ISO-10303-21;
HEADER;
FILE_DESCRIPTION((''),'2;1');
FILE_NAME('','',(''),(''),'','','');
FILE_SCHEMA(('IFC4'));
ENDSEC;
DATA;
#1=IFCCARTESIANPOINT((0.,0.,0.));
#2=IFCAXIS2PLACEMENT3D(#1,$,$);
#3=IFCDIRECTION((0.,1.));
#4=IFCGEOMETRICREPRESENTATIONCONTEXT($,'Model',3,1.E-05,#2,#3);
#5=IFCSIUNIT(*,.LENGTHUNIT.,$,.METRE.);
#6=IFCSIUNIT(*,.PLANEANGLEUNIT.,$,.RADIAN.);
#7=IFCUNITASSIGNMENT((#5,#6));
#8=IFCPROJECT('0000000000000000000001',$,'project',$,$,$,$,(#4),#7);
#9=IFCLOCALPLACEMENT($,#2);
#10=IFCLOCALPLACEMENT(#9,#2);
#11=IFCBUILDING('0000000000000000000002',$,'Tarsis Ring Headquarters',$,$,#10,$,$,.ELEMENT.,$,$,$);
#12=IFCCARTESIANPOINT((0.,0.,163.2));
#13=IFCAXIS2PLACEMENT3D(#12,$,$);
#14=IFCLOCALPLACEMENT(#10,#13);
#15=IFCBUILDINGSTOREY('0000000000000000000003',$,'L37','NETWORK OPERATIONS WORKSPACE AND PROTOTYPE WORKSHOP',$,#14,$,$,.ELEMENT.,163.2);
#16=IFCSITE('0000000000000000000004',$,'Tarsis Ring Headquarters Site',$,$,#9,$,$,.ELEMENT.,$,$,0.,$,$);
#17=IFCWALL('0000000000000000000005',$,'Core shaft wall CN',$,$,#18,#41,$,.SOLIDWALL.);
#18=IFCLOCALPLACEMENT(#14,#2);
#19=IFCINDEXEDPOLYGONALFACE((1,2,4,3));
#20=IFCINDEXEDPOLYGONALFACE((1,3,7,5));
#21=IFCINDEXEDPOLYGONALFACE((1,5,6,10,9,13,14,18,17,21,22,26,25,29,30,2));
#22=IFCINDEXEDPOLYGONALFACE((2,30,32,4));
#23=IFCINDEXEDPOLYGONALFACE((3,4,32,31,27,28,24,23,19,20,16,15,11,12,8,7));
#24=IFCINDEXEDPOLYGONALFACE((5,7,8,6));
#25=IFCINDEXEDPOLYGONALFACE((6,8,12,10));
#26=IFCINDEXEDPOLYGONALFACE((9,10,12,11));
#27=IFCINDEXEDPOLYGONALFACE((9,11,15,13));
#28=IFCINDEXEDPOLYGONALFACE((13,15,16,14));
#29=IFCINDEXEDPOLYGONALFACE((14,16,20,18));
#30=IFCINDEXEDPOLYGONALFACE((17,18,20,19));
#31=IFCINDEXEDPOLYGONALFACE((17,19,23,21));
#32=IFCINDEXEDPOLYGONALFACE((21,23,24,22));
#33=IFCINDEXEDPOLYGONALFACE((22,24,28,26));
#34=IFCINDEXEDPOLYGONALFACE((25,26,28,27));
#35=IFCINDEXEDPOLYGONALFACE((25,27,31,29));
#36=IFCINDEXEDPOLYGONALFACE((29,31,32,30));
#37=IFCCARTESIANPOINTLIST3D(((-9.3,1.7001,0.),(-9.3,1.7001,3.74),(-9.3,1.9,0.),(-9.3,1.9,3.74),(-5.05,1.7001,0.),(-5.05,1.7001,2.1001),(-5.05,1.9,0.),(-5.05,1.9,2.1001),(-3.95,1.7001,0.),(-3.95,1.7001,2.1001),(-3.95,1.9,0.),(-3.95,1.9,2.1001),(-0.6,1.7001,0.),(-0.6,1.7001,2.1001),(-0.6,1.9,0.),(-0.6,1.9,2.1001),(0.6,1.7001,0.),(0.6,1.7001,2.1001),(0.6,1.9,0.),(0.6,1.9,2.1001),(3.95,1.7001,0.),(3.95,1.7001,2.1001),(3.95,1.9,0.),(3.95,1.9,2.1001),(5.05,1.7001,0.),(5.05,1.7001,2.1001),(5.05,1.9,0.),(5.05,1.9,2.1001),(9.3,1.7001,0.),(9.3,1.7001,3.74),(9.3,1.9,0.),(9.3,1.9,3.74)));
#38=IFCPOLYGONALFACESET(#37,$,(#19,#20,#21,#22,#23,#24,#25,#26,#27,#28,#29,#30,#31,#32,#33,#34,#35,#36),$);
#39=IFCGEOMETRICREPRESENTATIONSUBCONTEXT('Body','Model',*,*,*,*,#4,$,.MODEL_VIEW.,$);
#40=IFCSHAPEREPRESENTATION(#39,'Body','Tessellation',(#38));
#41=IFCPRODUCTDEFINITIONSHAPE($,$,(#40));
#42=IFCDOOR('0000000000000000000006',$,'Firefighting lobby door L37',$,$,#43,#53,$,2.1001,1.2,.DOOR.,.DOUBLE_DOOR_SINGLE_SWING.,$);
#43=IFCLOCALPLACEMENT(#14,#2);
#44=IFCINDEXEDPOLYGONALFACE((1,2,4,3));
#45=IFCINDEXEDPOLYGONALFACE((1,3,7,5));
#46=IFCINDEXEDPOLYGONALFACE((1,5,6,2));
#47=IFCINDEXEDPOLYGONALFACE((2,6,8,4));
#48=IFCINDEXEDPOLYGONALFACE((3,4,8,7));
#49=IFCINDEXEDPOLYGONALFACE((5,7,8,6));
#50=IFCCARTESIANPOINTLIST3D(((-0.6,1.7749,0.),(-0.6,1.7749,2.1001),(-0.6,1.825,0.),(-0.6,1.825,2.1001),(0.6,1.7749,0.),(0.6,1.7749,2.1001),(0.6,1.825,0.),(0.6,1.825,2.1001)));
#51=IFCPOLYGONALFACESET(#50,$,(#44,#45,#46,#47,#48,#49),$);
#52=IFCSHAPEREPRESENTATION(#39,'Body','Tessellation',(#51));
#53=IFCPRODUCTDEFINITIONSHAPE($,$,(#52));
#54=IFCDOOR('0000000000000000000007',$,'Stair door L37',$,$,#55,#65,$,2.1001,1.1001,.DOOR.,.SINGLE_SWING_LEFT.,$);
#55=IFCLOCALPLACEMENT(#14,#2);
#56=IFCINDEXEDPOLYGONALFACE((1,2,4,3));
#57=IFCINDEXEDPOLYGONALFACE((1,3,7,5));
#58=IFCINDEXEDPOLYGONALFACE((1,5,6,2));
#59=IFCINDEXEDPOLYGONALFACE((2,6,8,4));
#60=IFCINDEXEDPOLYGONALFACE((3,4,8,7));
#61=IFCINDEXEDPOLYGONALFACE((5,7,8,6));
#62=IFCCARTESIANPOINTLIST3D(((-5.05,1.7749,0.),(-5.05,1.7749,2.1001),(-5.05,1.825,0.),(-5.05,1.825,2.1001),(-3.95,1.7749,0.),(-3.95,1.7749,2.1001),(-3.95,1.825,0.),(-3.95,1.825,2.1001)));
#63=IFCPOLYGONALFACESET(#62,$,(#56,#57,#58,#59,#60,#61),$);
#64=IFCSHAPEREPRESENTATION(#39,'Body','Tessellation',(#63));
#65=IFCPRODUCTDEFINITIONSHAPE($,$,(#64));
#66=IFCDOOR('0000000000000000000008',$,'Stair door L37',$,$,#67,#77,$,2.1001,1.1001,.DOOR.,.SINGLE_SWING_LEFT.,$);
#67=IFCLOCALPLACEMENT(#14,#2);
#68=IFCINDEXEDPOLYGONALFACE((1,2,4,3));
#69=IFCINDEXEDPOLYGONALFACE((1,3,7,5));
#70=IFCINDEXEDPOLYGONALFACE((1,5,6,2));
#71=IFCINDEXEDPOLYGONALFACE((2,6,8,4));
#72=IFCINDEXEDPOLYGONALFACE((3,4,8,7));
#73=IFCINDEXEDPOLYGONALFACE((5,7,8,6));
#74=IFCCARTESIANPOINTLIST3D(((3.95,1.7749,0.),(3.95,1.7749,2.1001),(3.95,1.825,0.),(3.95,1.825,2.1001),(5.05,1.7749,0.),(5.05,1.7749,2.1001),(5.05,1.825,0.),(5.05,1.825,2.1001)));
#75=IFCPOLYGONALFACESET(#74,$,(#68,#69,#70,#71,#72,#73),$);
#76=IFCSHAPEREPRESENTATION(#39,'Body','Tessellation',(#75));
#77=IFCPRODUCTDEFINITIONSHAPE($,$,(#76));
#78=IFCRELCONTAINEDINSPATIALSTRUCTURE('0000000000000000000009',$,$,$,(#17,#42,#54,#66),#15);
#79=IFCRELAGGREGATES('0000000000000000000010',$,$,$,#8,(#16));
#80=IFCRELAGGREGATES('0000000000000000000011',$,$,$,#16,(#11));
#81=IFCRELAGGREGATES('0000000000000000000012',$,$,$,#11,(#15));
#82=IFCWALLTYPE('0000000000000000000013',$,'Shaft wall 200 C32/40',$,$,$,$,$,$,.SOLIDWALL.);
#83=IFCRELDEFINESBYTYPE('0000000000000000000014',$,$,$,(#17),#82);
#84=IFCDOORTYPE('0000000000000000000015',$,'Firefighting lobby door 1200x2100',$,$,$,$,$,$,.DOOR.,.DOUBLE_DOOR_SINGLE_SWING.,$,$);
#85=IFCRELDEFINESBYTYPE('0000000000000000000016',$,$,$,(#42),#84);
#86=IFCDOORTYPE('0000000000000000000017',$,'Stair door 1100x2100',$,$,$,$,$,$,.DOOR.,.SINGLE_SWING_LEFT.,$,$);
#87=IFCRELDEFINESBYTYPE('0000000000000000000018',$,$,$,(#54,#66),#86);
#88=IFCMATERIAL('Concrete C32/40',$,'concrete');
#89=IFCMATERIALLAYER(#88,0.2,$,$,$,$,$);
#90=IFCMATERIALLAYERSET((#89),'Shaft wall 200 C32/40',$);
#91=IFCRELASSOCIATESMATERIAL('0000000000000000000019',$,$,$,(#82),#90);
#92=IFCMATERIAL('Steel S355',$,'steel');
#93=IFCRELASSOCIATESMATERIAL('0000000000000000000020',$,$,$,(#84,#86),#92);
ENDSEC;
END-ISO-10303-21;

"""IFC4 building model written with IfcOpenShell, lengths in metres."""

from ifc_helpers import new_model, si_unit, direction, frame, frame_2d, origin, place, context, subcontext, project, spatial, rectangle, extrude, material, layer, layer_set, type_object, element, fill, save


model = new_model("IFC4")

# Units and contexts
model_context = context("Model", 3, precision=1e-05, world=origin(), true_north=direction((0.0, 1.0)))
body_context = subcontext(model_context, "Body", "Model", "MODEL_VIEW")
ifc_project = project(units=[si_unit("LENGTHUNIT", "METRE"), si_unit("PLANEANGLEUNIT", "RADIAN")], contexts=[model_context])

# Site, building, storey
site_placement = place(None, origin())
site = spatial("IfcSite", under=ifc_project, at=site_placement, Name="Tarsis Ring Headquarters Site", CompositionType="ELEMENT", RefElevation=0.0)
building_placement = place(site_placement, origin())
building = spatial("IfcBuilding", under=site, at=building_placement, Name="Tarsis Ring Headquarters", CompositionType="ELEMENT")
storey_placement = place(building_placement, frame((0.0, 0.0, 163.2)))
storey = spatial("IfcBuildingStorey", under=building, at=storey_placement, Name="L37", Description="NETWORK OPERATIONS WORKSPACE AND PROTOTYPE WORKSHOP", CompositionType="ELEMENT", Elevation=163.2)

# Shared definitions
ifc_material_1 = material(Name="Steel S355", Category="steel")

# Wall, openings, doors
ifc_material_2 = material(Name="Concrete C32/40", Category="concrete")
ifc_layer_1 = layer(ifc_material_2, 0.2)
ifc_layer_set_1 = layer_set([ifc_layer_1], Name="Shaft wall 200 C32/40")
wall_type_1 = type_object("IfcWallType", Name="Shaft wall 200 C32/40", PredefinedType="SOLIDWALL", material=ifc_layer_set_1)
wall_1_placement = place(storey_placement, frame((-9.3, 1.8, 0.0), z_axis=(0.0, 0.0, 1.0), x_axis=(1.0, 0.0, 0.0)))
wall_1 = element("IfcWall", 1, at=wall_1_placement, inside=storey, type_object=wall_type_1, Name="Core shaft wall CN", PredefinedType="SOLIDWALL", context=body_context, shape_type="SweptSolid", body=[
    extrude(rectangle(XDim=18.6001, YDim=0.2, at=frame_2d((9.3, 0.0))), origin(), (0.0, 0.0, 1.0), 3.74),
])
opening_1_placement = place(wall_1_placement, frame((4.25, 0.0, 0.0)))
opening_1 = element("IfcOpeningElement", 2, at=opening_1_placement, cuts=wall_1, PredefinedType="OPENING", context=body_context, shape_type="SweptSolid", body=[
    extrude(rectangle(XDim=1.1001, YDim=2.1001, at=frame_2d((0.55, 1.05))), frame((0.0, 0.1099, 0.0), z_axis=(0.0, -1.0, 0.0), x_axis=(1.0, 0.0, 0.0)), (0.0, 0.0, 1.0), 0.22),
])
opening_2_placement = place(wall_1_placement, frame((8.7, 0.0, 0.0)))
opening_2 = element("IfcOpeningElement", 3, at=opening_2_placement, cuts=wall_1, PredefinedType="OPENING", context=body_context, shape_type="SweptSolid", body=[
    extrude(rectangle(XDim=1.2, YDim=2.1001, at=frame_2d((0.6001, 1.05))), frame((0.0, 0.1099, 0.0), z_axis=(0.0, -1.0, 0.0), x_axis=(1.0, 0.0, 0.0)), (0.0, 0.0, 1.0), 0.22),
])
opening_3_placement = place(wall_1_placement, frame((13.25, 0.0, 0.0)))
opening_3 = element("IfcOpeningElement", 4, at=opening_3_placement, cuts=wall_1, PredefinedType="OPENING", context=body_context, shape_type="SweptSolid", body=[
    extrude(rectangle(XDim=1.1001, YDim=2.1001, at=frame_2d((0.55, 1.05))), frame((0.0, 0.1099, 0.0), z_axis=(0.0, -1.0, 0.0), x_axis=(1.0, 0.0, 0.0)), (0.0, 0.0, 1.0), 0.22),
])
door_type_1 = type_object("IfcDoorType", Name="Firefighting lobby door 1200x2100", OperationType="DOUBLE_DOOR_SINGLE_SWING", PredefinedType="DOOR", material=ifc_material_1)
door_1_placement = place(opening_2_placement, origin())
door_1 = element("IfcDoor", 5, at=door_1_placement, inside=storey, type_object=door_type_1, Name="Firefighting lobby door L37", OperationType="DOUBLE_DOOR_SINGLE_SWING", OverallHeight=2.1001, OverallWidth=1.2, PredefinedType="DOOR", context=body_context, shape_type="SweptSolid", body=[
    extrude(rectangle(XDim=1.2, YDim=2.1001, at=frame_2d((0.6001, 1.05))), frame((0.0, 0.0249, 0.0), z_axis=(0.0, -1.0, 0.0), x_axis=(1.0, 0.0, 0.0)), (0.0, 0.0, 1.0), 0.05),
])
fill(opening_2, door_1)
door_type_2 = type_object("IfcDoorType", Name="Stair door 1100x2100", OperationType="SINGLE_SWING_LEFT", PredefinedType="DOOR", material=ifc_material_1)
door_2_placement = place(opening_1_placement, origin())
door_2 = element("IfcDoor", 6, at=door_2_placement, inside=storey, type_object=door_type_2, Name="Stair door L37", OperationType="SINGLE_SWING_LEFT", OverallHeight=2.1001, OverallWidth=1.1001, PredefinedType="DOOR", context=body_context, shape_type="SweptSolid", body=[
    extrude(rectangle(XDim=1.1001, YDim=2.1001, at=frame_2d((0.55, 1.05))), frame((0.0, 0.0249, 0.0), z_axis=(0.0, -1.0, 0.0), x_axis=(1.0, 0.0, 0.0)), (0.0, 0.0, 1.0), 0.05),
])
fill(opening_1, door_2)
door_3_placement = place(opening_3_placement, origin())
door_3 = element("IfcDoor", 7, at=door_3_placement, inside=storey, type_object=door_type_2, Name="Stair door L37", OperationType="SINGLE_SWING_LEFT", OverallHeight=2.1001, OverallWidth=1.1001, PredefinedType="DOOR", context=body_context, shape_type="SweptSolid", body=[
    extrude(rectangle(XDim=1.1001, YDim=2.1001, at=frame_2d((0.55, 1.05))), frame((0.0, 0.0249, 0.0), z_axis=(0.0, -1.0, 0.0), x_axis=(1.0, 0.0, 0.0)), (0.0, 0.0, 1.0), 0.05),
])
fill(opening_3, door_3)

save(model, "model.ifc")
